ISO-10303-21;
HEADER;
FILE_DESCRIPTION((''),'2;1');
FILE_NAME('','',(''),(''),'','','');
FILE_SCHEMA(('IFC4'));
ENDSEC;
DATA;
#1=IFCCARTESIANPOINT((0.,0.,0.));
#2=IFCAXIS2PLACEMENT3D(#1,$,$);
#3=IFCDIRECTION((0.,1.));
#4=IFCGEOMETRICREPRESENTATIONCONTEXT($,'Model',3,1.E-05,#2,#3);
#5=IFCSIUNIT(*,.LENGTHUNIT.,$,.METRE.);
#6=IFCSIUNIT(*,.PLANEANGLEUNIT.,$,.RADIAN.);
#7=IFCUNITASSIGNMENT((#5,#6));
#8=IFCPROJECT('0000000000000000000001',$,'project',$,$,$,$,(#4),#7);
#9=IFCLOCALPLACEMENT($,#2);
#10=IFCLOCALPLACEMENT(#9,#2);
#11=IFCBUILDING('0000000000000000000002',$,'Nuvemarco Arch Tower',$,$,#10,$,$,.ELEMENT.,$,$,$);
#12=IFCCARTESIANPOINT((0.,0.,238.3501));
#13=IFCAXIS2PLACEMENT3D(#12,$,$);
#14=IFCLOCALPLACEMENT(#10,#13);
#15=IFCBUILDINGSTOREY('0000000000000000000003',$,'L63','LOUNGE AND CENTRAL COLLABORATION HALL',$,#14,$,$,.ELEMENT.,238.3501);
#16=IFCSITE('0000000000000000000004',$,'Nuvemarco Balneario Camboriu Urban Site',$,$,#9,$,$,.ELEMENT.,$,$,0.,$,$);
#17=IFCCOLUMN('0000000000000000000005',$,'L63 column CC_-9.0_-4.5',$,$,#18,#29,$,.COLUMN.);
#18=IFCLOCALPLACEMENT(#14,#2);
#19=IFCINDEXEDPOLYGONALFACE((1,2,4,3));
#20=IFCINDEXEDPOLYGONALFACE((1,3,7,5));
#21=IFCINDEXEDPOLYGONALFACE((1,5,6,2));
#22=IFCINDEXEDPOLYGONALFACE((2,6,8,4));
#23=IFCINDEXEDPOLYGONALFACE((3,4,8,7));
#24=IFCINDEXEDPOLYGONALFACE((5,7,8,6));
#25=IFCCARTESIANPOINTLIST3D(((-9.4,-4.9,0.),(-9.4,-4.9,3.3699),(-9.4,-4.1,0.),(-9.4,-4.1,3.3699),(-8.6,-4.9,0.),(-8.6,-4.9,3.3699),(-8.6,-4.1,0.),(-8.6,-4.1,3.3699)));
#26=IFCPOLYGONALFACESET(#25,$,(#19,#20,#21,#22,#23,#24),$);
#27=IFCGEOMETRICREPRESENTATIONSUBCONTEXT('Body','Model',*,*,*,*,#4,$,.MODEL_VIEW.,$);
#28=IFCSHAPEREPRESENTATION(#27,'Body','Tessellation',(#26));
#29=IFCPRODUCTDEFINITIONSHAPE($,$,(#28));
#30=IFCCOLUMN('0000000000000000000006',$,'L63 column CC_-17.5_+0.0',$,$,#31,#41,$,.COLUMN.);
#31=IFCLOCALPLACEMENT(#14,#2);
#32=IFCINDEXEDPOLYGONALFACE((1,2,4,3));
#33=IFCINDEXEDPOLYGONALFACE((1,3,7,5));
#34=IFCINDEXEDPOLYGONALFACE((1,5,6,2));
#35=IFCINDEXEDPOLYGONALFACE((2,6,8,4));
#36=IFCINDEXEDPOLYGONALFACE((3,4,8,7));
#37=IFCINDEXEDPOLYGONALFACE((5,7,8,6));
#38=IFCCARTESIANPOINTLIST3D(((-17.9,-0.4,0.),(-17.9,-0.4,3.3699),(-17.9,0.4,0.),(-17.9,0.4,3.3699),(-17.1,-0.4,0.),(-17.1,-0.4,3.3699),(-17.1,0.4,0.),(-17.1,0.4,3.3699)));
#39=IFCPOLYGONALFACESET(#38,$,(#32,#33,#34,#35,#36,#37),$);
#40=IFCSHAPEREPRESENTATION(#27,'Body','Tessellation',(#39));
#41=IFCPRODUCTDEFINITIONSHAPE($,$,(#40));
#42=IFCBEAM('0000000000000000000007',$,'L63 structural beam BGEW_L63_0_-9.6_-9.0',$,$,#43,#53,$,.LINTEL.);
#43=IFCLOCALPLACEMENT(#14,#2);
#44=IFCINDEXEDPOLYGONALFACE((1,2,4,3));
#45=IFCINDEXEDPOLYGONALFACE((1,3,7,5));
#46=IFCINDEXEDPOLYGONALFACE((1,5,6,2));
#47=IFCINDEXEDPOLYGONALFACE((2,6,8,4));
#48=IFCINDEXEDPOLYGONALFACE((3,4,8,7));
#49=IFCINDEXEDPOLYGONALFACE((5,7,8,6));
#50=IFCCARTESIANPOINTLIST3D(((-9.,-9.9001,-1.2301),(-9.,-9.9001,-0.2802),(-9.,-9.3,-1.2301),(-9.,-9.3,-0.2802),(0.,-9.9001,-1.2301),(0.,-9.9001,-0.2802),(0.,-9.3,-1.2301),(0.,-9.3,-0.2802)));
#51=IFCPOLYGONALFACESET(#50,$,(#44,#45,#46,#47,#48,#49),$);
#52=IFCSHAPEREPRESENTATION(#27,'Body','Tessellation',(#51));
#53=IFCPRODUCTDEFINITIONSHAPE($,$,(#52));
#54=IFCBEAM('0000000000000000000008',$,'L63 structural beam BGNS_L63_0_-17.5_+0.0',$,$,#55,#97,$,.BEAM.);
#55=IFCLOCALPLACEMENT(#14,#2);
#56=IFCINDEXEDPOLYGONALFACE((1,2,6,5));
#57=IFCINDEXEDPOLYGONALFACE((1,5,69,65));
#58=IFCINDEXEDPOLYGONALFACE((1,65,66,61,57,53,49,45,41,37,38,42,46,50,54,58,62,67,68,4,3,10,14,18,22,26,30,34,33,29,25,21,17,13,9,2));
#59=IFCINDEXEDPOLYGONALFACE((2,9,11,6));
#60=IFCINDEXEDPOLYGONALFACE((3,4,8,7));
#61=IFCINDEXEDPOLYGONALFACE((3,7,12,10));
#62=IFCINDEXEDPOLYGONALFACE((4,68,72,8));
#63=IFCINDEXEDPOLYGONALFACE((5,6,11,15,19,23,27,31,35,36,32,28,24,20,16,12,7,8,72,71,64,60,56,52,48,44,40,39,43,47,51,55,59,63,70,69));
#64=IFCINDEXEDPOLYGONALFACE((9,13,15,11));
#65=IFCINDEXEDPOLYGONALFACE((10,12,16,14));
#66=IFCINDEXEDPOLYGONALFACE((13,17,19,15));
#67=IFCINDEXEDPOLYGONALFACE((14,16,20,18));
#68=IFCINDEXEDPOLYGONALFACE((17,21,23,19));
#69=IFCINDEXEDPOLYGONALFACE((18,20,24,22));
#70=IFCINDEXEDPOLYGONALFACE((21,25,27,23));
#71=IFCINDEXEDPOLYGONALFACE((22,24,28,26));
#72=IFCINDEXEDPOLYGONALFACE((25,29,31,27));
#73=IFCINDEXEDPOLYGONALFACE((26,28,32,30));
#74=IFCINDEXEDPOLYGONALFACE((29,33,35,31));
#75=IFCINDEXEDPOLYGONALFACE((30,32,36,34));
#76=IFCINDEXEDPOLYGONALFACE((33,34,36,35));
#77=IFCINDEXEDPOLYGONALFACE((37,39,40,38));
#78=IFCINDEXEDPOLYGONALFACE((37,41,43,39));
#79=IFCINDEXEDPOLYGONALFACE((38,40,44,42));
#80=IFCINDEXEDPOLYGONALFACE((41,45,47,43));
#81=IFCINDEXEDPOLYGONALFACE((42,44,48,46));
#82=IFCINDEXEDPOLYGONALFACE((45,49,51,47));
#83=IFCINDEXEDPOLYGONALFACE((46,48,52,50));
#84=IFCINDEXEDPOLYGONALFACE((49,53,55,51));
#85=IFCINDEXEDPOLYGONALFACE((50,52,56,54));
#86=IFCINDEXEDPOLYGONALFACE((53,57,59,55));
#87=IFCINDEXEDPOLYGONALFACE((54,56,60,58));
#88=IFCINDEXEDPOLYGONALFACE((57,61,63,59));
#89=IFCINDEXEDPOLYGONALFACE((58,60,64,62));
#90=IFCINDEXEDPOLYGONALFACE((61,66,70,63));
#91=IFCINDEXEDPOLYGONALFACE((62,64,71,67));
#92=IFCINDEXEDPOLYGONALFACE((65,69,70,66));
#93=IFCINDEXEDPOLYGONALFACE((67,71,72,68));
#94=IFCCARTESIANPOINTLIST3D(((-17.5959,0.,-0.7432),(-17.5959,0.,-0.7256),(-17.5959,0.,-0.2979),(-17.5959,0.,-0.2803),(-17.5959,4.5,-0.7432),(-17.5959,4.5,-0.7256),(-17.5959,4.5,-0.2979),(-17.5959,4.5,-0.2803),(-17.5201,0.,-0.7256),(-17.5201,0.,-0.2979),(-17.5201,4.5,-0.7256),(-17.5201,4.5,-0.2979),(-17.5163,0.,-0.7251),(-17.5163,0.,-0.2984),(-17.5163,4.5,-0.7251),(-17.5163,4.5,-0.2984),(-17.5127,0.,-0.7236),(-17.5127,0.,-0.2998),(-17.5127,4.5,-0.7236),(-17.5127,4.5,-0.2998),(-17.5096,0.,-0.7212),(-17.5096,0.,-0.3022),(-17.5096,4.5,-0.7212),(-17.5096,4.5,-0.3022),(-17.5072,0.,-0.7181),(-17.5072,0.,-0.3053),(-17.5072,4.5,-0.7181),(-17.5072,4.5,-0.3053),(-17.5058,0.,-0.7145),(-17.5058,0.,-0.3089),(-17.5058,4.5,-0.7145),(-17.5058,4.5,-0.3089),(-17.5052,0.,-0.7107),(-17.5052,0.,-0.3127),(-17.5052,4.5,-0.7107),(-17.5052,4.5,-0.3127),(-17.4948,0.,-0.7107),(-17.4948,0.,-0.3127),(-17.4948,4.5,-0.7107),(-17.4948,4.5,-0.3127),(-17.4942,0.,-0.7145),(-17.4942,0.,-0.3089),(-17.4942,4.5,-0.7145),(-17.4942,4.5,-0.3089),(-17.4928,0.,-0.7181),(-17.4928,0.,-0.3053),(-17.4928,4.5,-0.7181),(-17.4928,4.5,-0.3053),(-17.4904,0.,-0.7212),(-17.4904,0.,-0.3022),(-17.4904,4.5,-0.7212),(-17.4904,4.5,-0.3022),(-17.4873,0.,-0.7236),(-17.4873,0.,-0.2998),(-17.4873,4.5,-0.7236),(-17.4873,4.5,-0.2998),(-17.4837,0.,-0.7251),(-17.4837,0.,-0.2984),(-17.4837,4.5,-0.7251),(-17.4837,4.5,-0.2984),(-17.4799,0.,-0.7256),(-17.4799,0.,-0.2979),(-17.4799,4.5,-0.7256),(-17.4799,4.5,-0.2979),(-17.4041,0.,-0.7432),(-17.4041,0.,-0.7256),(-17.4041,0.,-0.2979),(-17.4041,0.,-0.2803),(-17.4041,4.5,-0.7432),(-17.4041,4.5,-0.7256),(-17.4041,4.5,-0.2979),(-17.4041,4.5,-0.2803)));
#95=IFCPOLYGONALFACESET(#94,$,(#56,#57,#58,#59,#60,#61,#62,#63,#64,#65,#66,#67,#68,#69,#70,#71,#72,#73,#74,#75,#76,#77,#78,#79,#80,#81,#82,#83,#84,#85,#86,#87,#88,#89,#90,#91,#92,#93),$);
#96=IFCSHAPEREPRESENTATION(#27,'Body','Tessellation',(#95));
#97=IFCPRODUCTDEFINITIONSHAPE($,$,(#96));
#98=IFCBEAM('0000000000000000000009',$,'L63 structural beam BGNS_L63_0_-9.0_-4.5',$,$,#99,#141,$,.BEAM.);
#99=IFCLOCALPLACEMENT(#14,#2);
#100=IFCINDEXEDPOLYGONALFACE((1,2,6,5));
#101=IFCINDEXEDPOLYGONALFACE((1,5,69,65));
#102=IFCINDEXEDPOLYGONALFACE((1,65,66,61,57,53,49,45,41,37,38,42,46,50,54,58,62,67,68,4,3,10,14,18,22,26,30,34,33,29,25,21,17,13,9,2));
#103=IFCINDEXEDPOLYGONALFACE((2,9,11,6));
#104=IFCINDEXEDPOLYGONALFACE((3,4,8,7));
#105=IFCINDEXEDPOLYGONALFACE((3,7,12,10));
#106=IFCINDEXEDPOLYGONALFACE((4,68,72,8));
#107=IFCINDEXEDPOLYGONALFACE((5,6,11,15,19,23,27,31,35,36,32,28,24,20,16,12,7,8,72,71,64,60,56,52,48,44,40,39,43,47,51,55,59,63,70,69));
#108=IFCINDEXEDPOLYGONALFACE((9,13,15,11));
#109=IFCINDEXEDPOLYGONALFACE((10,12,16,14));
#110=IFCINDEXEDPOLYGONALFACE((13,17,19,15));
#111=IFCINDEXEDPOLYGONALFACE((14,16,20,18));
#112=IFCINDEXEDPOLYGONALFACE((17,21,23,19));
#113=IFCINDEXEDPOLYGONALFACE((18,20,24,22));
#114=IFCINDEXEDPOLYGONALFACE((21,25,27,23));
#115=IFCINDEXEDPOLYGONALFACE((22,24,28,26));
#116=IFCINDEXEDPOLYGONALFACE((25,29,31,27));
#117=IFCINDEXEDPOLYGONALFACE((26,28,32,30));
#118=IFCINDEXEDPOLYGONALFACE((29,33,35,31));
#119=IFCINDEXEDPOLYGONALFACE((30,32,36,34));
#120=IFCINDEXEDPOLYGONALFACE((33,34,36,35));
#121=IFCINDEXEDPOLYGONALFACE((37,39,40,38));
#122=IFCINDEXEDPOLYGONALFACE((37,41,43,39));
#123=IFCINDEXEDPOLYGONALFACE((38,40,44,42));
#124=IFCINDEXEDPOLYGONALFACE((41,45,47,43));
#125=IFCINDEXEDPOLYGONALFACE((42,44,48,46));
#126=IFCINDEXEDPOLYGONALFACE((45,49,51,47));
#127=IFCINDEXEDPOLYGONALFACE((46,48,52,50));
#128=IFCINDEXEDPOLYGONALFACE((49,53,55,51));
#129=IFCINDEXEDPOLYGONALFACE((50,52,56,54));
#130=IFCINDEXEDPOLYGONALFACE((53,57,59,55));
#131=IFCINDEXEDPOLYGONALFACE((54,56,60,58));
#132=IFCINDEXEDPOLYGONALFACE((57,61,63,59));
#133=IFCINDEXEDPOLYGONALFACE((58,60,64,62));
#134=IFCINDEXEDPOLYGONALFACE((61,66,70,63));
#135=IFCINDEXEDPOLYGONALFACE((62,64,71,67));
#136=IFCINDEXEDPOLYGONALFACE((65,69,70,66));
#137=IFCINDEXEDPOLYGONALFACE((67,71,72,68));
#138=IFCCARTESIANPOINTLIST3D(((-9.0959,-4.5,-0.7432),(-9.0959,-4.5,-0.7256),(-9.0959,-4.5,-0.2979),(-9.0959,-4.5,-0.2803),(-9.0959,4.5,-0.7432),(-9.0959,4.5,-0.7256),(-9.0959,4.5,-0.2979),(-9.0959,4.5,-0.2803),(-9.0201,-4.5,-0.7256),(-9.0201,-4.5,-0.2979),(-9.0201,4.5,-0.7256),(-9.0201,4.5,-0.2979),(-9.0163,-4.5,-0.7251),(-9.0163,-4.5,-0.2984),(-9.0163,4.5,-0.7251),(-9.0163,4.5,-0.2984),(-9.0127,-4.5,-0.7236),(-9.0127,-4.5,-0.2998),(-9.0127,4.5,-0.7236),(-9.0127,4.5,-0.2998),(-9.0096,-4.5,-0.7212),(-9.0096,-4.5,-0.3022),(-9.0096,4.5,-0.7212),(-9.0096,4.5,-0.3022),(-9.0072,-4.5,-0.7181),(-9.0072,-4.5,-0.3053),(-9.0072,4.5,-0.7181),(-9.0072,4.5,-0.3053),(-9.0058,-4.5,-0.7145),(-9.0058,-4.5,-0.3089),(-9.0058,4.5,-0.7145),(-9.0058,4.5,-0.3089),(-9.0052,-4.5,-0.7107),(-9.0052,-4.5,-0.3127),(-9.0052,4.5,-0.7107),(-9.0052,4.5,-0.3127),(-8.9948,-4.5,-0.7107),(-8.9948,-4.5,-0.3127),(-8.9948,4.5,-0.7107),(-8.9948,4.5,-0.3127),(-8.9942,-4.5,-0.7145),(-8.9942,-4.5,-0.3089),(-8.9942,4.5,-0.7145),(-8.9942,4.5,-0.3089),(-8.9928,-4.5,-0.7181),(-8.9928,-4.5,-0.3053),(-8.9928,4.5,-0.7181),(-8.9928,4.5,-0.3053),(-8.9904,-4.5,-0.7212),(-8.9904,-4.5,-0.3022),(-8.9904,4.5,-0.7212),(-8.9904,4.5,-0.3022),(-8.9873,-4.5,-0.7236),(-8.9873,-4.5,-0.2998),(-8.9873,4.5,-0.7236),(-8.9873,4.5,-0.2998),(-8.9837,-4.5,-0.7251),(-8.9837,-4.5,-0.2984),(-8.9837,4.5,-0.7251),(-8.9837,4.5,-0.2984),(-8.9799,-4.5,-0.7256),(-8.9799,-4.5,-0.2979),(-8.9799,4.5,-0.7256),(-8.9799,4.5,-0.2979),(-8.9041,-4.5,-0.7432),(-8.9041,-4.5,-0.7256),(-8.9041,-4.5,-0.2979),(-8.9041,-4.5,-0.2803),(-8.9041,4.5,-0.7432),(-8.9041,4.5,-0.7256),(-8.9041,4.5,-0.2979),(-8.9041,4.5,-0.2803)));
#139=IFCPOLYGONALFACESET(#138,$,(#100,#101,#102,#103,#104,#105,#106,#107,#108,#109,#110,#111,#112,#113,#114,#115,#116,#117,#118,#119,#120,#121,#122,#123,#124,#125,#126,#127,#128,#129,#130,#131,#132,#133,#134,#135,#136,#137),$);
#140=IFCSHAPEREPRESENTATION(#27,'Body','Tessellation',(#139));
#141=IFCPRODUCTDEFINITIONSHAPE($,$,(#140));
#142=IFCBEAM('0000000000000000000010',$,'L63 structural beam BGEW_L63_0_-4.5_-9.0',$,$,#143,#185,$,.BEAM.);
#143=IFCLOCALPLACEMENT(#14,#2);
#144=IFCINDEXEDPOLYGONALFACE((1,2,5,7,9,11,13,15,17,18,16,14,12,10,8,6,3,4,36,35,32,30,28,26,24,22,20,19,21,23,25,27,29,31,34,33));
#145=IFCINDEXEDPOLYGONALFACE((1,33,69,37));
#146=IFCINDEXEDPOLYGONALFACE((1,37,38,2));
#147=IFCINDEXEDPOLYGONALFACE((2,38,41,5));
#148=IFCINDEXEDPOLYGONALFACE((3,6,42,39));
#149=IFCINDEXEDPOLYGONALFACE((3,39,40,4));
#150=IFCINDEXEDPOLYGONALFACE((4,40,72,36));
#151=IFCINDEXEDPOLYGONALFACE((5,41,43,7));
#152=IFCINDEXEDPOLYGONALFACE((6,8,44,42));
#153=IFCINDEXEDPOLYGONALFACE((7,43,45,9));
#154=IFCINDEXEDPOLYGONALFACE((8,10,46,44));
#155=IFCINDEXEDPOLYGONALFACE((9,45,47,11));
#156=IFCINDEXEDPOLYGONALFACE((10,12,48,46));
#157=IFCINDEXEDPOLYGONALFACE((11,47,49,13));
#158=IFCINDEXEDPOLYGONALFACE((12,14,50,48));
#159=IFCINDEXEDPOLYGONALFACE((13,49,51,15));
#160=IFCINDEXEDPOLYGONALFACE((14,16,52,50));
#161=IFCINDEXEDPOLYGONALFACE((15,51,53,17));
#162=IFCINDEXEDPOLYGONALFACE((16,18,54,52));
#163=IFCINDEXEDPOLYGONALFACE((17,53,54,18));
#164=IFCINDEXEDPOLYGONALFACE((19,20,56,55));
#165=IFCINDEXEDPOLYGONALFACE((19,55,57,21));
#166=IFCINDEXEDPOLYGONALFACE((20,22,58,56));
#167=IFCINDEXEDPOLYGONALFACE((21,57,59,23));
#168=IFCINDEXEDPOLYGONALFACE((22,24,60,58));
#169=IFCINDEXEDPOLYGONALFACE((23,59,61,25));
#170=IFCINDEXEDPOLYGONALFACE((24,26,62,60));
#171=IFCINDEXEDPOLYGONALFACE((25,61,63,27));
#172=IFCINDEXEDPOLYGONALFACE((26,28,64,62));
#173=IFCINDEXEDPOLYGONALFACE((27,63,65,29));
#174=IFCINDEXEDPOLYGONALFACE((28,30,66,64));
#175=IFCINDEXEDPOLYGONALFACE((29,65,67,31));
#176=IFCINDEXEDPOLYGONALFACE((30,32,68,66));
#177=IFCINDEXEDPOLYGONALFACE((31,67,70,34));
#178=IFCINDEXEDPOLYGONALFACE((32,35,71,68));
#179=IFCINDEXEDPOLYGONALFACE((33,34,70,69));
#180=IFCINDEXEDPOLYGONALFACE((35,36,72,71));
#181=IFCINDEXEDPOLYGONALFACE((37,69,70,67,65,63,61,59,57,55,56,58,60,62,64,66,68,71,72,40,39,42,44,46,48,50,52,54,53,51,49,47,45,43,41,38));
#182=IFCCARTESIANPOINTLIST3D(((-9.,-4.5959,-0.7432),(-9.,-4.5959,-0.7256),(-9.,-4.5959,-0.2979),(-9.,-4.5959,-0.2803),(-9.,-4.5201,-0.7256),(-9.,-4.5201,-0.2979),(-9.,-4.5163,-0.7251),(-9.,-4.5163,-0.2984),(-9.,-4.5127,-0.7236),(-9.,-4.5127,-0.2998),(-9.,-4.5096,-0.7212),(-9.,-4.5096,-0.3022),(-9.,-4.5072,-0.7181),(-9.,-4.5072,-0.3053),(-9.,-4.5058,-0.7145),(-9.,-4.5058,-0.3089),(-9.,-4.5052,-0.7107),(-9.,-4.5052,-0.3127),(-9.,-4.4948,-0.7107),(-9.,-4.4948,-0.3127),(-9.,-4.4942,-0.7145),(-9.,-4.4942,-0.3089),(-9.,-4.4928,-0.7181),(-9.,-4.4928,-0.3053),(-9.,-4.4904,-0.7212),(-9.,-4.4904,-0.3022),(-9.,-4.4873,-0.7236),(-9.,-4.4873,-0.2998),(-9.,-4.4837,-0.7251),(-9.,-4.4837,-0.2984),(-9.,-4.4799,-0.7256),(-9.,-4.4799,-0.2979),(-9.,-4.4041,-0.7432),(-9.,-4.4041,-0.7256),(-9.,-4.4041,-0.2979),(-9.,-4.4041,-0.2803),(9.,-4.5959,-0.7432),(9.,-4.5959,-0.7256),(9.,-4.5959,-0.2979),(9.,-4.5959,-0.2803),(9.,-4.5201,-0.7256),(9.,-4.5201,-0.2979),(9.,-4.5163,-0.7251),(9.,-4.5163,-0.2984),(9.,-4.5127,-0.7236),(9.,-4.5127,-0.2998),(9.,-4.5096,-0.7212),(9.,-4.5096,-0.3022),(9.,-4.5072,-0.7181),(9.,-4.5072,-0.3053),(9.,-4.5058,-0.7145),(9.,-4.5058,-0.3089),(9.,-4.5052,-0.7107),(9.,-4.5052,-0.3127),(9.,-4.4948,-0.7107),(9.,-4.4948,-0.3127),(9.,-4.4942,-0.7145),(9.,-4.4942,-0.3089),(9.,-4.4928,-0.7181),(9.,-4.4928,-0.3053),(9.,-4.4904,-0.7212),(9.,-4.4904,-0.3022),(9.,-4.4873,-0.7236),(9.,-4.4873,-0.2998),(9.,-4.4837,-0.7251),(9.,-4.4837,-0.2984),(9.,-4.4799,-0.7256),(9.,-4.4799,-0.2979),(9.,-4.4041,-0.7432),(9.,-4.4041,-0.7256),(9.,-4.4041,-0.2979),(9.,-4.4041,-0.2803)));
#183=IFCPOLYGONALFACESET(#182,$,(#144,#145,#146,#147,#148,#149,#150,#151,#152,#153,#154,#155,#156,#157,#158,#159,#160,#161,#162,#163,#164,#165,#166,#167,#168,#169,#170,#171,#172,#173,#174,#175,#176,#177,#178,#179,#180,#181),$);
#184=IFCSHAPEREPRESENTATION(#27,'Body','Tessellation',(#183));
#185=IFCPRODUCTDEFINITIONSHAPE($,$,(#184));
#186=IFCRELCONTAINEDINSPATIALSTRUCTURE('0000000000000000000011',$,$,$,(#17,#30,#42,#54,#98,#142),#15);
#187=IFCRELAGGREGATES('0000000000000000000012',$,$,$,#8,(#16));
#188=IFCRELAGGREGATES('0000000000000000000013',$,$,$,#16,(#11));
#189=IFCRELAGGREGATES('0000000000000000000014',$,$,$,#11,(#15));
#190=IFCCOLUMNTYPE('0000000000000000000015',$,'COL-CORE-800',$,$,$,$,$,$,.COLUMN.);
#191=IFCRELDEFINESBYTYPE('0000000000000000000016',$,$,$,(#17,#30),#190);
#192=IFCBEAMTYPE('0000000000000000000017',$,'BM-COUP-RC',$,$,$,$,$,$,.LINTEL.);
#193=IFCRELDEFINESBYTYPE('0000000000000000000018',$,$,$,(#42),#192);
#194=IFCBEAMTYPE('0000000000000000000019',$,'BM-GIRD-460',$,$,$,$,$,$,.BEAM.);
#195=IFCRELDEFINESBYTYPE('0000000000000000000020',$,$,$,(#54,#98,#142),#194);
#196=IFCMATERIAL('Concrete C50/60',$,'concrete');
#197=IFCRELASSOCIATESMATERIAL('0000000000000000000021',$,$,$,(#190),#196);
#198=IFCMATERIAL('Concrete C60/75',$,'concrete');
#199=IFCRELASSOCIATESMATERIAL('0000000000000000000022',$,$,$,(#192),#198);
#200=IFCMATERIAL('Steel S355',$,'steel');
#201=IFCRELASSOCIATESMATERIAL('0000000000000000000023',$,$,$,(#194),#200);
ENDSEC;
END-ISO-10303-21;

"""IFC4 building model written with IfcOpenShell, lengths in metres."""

from ifc_helpers import new_model, si_unit, direction, frame, origin, origin_2d, place, context, subcontext, project, spatial, rectangle, i_section, extrude, material, material_profile, profile_set, type_object, element, save


model = new_model("IFC4")

# Units and contexts
model_context = context("Model", 3, precision=1e-05, world=origin(), true_north=direction((0.0, 1.0)))
body_context = subcontext(model_context, "Body", "Model", "MODEL_VIEW")
ifc_project = project(units=[si_unit("LENGTHUNIT", "METRE"), si_unit("PLANEANGLEUNIT", "RADIAN")], contexts=[model_context])

# Site, building, storey
site_placement = place(None, origin())
site = spatial("IfcSite", under=ifc_project, at=site_placement, Name="Nuvemarco Balneario Camboriu Urban Site", CompositionType="ELEMENT", RefElevation=0.0)
building_placement = place(site_placement, origin())
building = spatial("IfcBuilding", under=site, at=building_placement, Name="Nuvemarco Arch Tower", CompositionType="ELEMENT")
storey_placement = place(building_placement, frame((0.0, 0.0, 238.3501)))
storey = spatial("IfcBuildingStorey", under=building, at=storey_placement, Name="L63", Description="LOUNGE AND CENTRAL COLLABORATION HALL", CompositionType="ELEMENT", Elevation=238.3501)

# Columns
ifc_material_1 = material(Name="Concrete C50/60", Category="concrete")
ifc_material_profile_1 = material_profile(ifc_material_1, rectangle(XDim=0.8, YDim=0.8, at=origin_2d()), Name="RC-COL-800x800")
ifc_profile_set_1 = profile_set([ifc_material_profile_1], Name="Concrete C50/60")
column_type = type_object("IfcColumnType", Name="COL-CORE-800", PredefinedType="COLUMN", material=ifc_profile_set_1)
for number, where, z_axis, x_axis, name in (
    (1, (-9.0, -4.5, 0.0), (0.0, 0.0, 1.0), (1.0, 0.0, 0.0), "L63 column CC_-9.0_-4.5"),
    (2, (-17.5, 0.0, 0.0), (0.0, 0.0, 1.0), (1.0, 0.0, 0.0), "L63 column CC_-17.5_+0.0"),
):
    element("IfcColumn", number, at=place(storey_placement, frame(where, z_axis=z_axis, x_axis=x_axis)), inside=storey, type_object=column_type, Name=name, PredefinedType="COLUMN", context=body_context, shape_type="SweptSolid", body=[
        extrude(rectangle(XDim=0.8, YDim=0.8, at=origin_2d()), origin(), (0.0, 0.0, 1.0), 3.3699),
    ])

# Beams
ifc_material_2 = material(Name="Concrete C60/75", Category="concrete")
ifc_material_profile_2 = material_profile(ifc_material_2, rectangle(XDim=0.6001, YDim=0.95, at=origin_2d()), Name="RC-BM-600x950")
ifc_profile_set_2 = profile_set([ifc_material_profile_2], Name="Concrete C60/75")
beam_type_1 = type_object("IfcBeamType", Name="BM-COUP-RC", PredefinedType="LINTEL", material=ifc_profile_set_2)
beam_1_placement = place(storey_placement, frame((-9.0, -9.6001, -0.7551), z_axis=(1.0, 0.0, 0.0), x_axis=(0.0, 1.0, 0.0)))
element("IfcBeam", 3, at=beam_1_placement, inside=storey, type_object=beam_type_1, Name="L63 structural beam BGEW_L63_0_-9.6_-9.0", PredefinedType="LINTEL", context=body_context, shape_type="SweptSolid", body=[
    extrude(rectangle(XDim=0.6001, YDim=0.95, at=origin_2d()), origin(), (0.0, 0.0, 1.0), 9.0),
])
ifc_material_3 = material(Name="Steel S355", Category="steel")
ifc_material_profile_3 = material_profile(ifc_material_3, i_section(OverallWidth=0.1919, OverallDepth=0.4629, WebThickness=0.0105, FlangeThickness=0.0176, FilletRadius=0.0149, at=origin_2d()), Name="W460x89")
ifc_profile_set_3 = profile_set([ifc_material_profile_3], Name="Steel S355")
beam_type_2 = type_object("IfcBeamType", Name="BM-GIRD-460", PredefinedType="BEAM", material=ifc_profile_set_3)
beam_2_placement = place(storey_placement, frame((-17.5, 0.0, -0.5117), z_axis=(0.0, 1.0, 0.0), x_axis=(-1.0, 0.0, 0.0)))
element("IfcBeam", 4, at=beam_2_placement, inside=storey, type_object=beam_type_2, Name="L63 structural beam BGNS_L63_0_-17.5_+0.0", PredefinedType="BEAM", context=body_context, shape_type="SweptSolid", body=[
    extrude(i_section(OverallWidth=0.1919, OverallDepth=0.4629, WebThickness=0.0105, FlangeThickness=0.0176, FilletRadius=0.0149, at=origin_2d()), origin(), (0.0, 0.0, 1.0), 4.5),
])
beam_3_placement = place(storey_placement, frame((-9.0, -4.5, -0.5117), z_axis=(0.0, 1.0, 0.0), x_axis=(-1.0, 0.0, 0.0)))
element("IfcBeam", 5, at=beam_3_placement, inside=storey, type_object=beam_type_2, Name="L63 structural beam BGNS_L63_0_-9.0_-4.5", PredefinedType="BEAM", context=body_context, shape_type="SweptSolid", body=[
    extrude(i_section(OverallWidth=0.1919, OverallDepth=0.4629, WebThickness=0.0105, FlangeThickness=0.0176, FilletRadius=0.0149, at=origin_2d()), origin(), (0.0, 0.0, 1.0), 9.0),
])
beam_4_placement = place(storey_placement, frame((-9.0, -4.5, -0.5117), z_axis=(1.0, 0.0, 0.0), x_axis=(0.0, 1.0, 0.0)))
element("IfcBeam", 6, at=beam_4_placement, inside=storey, type_object=beam_type_2, Name="L63 structural beam BGEW_L63_0_-4.5_-9.0", PredefinedType="BEAM", context=body_context, shape_type="SweptSolid", body=[
    extrude(i_section(OverallWidth=0.1919, OverallDepth=0.4629, WebThickness=0.0105, FlangeThickness=0.0176, FilletRadius=0.0149, at=origin_2d()), origin(), (0.0, 0.0, 1.0), 18.0),
])

save(model, "model.ifc")
